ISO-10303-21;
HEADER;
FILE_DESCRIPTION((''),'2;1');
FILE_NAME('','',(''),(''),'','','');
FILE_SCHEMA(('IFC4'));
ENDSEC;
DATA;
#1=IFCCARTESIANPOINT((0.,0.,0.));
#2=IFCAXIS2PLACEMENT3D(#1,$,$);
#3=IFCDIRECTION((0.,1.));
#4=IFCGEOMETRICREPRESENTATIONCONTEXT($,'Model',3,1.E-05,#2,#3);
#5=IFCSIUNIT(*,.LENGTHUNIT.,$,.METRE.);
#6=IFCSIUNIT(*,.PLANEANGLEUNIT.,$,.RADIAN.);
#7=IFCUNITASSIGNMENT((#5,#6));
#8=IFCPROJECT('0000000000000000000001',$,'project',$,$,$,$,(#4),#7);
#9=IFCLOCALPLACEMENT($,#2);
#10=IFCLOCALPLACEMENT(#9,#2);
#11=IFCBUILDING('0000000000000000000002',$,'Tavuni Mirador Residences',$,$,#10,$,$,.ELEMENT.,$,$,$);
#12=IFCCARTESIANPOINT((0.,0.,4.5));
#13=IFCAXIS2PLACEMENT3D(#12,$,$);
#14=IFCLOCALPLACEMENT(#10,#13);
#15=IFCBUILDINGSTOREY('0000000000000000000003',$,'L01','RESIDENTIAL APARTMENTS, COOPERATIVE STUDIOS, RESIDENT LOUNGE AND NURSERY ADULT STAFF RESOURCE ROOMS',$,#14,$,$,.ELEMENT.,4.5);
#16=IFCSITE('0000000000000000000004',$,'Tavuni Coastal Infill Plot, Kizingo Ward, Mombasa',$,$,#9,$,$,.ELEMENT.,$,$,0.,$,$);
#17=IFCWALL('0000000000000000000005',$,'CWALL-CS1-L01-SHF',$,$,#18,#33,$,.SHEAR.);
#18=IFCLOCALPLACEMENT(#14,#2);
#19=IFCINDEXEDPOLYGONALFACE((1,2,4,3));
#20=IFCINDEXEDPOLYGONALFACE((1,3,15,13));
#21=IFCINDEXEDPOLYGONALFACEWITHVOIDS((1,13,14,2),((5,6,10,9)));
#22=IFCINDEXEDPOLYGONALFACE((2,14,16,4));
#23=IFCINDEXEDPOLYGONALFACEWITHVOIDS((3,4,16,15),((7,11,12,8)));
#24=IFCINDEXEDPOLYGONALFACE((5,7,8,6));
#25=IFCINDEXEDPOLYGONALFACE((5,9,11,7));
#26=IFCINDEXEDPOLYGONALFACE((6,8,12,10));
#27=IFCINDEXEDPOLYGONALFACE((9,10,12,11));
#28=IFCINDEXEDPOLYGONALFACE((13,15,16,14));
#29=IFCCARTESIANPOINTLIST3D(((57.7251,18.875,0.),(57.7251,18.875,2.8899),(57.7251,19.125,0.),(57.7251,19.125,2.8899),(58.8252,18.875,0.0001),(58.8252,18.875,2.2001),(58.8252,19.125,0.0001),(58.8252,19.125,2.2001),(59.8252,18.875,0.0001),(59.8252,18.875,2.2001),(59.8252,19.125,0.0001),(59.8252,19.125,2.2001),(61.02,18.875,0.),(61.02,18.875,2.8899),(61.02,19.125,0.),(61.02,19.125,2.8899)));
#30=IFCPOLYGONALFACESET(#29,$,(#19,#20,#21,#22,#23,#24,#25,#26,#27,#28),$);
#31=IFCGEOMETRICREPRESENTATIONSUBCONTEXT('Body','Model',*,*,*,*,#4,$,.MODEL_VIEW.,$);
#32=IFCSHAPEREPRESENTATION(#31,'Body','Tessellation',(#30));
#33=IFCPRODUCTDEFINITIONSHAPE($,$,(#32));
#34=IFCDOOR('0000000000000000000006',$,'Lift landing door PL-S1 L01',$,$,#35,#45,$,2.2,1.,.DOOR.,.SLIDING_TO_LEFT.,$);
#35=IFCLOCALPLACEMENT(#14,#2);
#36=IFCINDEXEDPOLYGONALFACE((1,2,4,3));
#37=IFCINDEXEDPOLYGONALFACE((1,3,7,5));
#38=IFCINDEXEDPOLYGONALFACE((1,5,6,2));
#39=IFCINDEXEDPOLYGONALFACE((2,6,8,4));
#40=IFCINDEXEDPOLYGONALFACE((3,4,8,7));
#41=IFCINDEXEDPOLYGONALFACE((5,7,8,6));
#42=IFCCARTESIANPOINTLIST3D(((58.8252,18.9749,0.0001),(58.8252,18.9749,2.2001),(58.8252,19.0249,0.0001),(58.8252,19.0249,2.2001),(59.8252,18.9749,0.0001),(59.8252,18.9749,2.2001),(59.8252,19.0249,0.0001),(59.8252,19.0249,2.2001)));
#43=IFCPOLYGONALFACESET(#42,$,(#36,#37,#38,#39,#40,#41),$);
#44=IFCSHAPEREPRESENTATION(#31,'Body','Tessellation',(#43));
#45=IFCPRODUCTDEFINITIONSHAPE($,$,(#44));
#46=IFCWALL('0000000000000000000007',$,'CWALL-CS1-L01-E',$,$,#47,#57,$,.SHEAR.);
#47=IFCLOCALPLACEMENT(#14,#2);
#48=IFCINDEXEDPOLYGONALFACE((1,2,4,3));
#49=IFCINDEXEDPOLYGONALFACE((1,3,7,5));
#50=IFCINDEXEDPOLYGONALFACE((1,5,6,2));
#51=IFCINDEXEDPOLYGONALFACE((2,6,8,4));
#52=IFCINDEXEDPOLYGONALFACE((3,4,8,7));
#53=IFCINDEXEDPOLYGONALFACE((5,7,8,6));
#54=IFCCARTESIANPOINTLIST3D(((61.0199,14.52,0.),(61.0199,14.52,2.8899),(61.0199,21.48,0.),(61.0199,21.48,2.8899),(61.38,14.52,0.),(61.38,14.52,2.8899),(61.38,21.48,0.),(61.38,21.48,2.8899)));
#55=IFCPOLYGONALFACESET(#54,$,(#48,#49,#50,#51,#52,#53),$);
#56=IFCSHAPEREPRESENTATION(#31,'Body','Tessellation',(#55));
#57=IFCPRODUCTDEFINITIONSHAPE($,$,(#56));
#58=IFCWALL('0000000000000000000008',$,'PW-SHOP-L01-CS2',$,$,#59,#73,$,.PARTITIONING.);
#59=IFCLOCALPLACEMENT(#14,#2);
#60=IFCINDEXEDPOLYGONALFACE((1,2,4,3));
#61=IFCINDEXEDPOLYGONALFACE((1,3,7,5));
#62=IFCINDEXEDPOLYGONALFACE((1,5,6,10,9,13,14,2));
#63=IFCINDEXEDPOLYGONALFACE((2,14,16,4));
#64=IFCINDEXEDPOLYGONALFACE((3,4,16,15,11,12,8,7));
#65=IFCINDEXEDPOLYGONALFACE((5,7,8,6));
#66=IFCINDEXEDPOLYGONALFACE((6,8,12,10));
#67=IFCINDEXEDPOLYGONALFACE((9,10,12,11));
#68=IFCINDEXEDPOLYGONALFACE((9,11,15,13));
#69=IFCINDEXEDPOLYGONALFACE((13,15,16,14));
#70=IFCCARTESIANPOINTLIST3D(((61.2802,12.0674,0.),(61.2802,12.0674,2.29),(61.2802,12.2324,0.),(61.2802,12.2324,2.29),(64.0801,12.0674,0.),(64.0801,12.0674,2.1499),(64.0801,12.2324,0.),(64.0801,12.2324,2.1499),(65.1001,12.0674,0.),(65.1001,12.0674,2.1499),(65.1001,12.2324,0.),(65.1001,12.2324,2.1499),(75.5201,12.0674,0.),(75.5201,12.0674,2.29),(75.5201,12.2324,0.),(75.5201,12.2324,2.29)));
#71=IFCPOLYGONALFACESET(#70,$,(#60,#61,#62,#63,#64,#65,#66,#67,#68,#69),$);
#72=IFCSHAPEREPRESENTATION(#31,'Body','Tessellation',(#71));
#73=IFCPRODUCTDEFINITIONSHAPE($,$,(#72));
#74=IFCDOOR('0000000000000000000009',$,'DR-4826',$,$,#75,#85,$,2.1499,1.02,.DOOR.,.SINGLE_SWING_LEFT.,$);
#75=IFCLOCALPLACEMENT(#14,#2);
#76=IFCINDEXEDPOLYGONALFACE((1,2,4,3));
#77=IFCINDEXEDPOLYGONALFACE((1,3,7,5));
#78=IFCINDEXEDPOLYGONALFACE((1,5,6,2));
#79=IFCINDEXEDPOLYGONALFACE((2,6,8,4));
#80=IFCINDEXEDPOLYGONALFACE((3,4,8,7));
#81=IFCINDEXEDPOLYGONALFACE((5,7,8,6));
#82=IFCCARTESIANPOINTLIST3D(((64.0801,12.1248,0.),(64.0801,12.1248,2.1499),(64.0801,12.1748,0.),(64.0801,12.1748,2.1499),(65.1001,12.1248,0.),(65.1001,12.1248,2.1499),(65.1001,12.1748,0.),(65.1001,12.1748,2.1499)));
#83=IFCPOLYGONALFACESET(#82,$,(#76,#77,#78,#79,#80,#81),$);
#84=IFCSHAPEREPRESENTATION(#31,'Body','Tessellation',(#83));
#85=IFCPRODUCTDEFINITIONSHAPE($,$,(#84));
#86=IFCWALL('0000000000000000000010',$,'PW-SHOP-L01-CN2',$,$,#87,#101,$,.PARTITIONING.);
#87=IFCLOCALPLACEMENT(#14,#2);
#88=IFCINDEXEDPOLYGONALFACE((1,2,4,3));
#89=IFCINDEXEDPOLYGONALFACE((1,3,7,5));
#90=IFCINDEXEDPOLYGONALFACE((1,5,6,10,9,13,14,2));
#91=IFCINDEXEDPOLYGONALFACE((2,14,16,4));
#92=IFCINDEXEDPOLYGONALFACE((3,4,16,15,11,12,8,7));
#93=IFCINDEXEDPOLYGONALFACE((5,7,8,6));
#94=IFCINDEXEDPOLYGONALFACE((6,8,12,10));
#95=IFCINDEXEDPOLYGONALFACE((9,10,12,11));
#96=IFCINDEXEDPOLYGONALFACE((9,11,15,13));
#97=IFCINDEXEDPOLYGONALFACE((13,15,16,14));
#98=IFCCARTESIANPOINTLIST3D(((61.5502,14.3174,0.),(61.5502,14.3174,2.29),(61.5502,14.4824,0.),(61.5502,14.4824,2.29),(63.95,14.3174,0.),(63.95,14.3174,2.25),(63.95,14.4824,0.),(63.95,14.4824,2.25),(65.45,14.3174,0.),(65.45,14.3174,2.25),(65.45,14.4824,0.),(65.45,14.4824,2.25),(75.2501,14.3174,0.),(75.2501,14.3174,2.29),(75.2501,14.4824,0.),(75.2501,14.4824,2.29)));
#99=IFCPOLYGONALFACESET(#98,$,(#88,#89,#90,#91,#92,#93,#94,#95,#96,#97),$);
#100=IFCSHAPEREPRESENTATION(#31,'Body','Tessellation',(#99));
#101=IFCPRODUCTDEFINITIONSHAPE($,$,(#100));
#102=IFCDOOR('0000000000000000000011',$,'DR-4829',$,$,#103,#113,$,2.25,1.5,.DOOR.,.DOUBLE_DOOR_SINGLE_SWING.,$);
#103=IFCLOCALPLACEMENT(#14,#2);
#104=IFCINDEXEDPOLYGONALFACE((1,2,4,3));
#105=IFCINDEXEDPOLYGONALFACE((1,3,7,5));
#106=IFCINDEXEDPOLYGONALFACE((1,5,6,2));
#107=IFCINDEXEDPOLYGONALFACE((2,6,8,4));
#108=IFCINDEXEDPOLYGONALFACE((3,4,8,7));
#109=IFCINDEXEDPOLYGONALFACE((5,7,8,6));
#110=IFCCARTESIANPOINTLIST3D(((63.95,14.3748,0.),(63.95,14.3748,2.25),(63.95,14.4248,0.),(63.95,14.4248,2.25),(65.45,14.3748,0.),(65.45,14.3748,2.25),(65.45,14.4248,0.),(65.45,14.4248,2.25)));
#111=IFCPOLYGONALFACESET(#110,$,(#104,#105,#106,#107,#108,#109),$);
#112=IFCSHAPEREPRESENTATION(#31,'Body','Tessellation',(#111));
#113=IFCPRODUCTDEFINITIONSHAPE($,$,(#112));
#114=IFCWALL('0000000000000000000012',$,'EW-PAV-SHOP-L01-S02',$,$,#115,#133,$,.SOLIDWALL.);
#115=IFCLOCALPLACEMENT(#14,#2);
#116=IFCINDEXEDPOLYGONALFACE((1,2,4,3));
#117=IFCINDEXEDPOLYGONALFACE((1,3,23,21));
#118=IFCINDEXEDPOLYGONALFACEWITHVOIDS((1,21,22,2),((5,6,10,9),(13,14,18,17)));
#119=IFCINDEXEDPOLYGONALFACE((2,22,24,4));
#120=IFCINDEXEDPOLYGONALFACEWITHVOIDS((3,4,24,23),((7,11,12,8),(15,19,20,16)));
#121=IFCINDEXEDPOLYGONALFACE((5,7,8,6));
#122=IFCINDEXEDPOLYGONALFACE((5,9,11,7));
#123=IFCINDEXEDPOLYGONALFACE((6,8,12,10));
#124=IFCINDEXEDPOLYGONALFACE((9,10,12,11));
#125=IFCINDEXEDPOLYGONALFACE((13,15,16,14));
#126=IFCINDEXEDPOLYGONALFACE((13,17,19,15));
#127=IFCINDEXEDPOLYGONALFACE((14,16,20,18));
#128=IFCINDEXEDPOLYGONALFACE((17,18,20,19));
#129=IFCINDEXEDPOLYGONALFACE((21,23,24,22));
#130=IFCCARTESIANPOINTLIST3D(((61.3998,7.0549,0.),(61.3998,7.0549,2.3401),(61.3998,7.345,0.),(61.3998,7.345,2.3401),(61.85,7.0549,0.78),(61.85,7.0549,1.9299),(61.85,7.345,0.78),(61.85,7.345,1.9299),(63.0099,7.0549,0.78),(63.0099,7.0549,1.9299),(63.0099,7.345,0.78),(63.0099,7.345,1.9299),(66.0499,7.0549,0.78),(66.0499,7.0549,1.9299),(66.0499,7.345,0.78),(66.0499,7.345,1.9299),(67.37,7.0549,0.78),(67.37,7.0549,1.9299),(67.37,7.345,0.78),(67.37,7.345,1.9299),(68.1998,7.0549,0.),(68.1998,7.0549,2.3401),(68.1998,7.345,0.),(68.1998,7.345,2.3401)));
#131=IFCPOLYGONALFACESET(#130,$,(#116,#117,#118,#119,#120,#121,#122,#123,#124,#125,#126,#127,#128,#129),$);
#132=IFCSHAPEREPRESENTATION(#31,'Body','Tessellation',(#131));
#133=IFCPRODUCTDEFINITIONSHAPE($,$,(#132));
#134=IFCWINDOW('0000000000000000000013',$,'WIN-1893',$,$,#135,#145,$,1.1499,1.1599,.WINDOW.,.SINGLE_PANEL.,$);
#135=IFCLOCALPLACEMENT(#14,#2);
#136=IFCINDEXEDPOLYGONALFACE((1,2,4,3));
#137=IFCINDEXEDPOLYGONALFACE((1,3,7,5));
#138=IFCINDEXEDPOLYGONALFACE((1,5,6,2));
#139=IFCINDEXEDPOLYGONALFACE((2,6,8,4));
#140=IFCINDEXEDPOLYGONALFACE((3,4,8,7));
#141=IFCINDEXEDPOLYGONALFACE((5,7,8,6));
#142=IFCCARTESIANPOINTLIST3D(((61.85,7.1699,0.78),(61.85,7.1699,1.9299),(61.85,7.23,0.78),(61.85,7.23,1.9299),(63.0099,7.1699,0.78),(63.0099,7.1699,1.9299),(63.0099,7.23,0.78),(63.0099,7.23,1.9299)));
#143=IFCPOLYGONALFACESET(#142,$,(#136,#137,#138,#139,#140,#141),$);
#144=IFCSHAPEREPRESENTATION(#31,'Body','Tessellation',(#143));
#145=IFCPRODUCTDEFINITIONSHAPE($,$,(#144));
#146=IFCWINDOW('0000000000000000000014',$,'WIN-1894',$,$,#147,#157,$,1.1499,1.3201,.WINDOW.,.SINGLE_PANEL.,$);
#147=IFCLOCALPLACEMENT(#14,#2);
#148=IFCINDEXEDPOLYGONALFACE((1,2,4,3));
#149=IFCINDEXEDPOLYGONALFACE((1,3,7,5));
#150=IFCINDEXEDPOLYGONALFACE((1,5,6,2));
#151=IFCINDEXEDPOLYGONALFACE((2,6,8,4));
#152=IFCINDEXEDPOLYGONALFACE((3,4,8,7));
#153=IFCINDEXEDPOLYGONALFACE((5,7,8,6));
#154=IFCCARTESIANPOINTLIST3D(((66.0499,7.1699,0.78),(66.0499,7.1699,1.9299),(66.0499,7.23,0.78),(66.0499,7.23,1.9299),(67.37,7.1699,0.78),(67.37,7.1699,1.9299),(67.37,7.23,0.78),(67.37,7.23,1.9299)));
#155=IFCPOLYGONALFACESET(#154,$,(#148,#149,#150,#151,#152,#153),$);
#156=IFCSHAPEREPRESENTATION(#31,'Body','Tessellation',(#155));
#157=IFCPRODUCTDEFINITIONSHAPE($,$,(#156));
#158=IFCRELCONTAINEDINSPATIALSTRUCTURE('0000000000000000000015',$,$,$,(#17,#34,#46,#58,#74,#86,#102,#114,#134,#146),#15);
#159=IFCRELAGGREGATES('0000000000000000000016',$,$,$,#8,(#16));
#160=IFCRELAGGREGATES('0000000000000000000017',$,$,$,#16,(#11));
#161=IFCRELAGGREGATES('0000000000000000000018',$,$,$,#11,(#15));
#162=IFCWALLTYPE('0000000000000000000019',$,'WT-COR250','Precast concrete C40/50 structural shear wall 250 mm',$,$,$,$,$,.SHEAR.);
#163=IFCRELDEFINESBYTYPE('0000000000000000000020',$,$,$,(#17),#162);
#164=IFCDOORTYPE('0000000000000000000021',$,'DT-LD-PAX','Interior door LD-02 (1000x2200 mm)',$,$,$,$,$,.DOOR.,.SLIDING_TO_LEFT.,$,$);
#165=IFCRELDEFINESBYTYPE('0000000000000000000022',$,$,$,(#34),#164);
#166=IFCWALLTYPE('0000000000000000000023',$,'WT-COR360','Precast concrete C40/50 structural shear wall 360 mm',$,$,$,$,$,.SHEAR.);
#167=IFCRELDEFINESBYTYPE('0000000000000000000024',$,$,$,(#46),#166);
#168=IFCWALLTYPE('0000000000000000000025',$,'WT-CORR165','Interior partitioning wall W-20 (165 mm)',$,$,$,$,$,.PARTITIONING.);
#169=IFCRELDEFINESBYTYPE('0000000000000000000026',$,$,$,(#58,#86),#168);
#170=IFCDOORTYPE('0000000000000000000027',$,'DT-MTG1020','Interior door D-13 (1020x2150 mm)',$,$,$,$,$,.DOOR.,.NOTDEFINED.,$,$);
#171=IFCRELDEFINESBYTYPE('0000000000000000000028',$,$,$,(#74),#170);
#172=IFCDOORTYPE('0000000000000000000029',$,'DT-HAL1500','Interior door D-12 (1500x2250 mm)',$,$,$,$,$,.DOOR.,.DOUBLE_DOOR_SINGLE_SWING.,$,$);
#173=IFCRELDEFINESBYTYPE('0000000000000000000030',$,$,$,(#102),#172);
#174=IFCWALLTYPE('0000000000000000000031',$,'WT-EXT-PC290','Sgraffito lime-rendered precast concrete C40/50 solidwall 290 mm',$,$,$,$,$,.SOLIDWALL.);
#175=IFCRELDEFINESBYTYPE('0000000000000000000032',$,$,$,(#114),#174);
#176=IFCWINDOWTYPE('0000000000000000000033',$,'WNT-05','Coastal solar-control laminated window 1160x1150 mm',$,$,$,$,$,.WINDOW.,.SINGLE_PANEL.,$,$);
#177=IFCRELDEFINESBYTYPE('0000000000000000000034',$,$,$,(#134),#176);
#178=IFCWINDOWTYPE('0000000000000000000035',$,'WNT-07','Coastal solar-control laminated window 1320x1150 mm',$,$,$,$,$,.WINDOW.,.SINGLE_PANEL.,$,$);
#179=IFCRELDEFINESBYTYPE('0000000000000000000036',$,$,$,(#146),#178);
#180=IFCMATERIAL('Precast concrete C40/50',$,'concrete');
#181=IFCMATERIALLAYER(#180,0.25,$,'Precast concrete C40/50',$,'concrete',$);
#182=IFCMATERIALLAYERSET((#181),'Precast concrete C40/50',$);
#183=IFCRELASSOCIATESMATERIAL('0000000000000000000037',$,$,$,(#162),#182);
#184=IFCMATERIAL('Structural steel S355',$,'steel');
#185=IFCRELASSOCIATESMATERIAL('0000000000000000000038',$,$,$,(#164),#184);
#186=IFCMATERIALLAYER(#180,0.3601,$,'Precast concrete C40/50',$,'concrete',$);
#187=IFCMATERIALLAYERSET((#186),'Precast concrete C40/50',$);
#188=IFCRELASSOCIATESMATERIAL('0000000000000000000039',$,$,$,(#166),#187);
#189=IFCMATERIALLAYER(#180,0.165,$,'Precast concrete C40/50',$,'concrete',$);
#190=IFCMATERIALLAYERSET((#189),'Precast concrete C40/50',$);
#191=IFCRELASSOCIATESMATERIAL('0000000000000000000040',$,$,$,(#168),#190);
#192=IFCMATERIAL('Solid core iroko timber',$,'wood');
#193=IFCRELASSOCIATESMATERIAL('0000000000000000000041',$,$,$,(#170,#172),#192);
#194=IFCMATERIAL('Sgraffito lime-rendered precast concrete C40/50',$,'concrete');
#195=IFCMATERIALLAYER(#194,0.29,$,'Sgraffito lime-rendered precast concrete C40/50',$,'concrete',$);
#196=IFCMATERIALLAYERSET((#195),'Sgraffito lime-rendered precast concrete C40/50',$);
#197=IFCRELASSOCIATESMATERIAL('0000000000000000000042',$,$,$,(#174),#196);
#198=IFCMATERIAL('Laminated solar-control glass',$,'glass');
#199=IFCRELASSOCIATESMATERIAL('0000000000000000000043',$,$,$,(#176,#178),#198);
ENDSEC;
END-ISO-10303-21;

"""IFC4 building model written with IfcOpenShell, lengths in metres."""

from ifc_helpers import new_model, si_unit, direction, frame, frame_2d, origin, place, context, subcontext, project, spatial, rectangle, extrude, material, layer, layer_set, type_object, element, fill, save


model = new_model("IFC4")

# Units and contexts
model_context = context("Model", 3, precision=1e-05, world=origin(), true_north=direction((0.0, 1.0)))
body_context = subcontext(model_context, "Body", "Model", "MODEL_VIEW")
ifc_project = project(units=[si_unit("LENGTHUNIT", "METRE"), si_unit("PLANEANGLEUNIT", "RADIAN")], contexts=[model_context])

# Site, building, storey
site_placement = place(None, origin())
site = spatial("IfcSite", under=ifc_project, at=site_placement, Name="Tavuni Coastal Infill Plot, Kizingo Ward, Mombasa", CompositionType="ELEMENT", RefElevation=0.0)
building_placement = place(site_placement, origin())
building = spatial("IfcBuilding", under=site, at=building_placement, Name="Tavuni Mirador Residences", CompositionType="ELEMENT")
storey_placement = place(building_placement, frame((0.0, 0.0, 4.5)))
storey = spatial("IfcBuildingStorey", under=building, at=storey_placement, Name="L01", Description="RESIDENTIAL APARTMENTS, COOPERATIVE STUDIOS, RESIDENT LOUNGE AND NURSERY ADULT STAFF RESOURCE ROOMS", CompositionType="ELEMENT", Elevation=4.5)

# Shared definitions
ifc_material_1 = material(Name="Precast concrete C40/50", Category="concrete")
ifc_material_2 = material(Name="Structural steel S355", Category="steel")

# Wall, opening, door
ifc_layer_1 = layer(ifc_material_1, 0.25, Name="Precast concrete C40/50", Category="concrete")
ifc_layer_set_1 = layer_set([ifc_layer_1], Name="Precast concrete C40/50")
wall_type_1 = type_object("IfcWallType", Name="WT-COR250", Description="Precast concrete C40/50 structural shear wall 250 mm", PredefinedType="SHEAR", material=ifc_layer_set_1)
wall_1_placement = place(storey_placement, frame((57.7251, 19.0, 0.0), z_axis=(0.0, 0.0, 1.0), x_axis=(1.0, 0.0, 0.0)))
wall_1 = element("IfcWall", 1, at=wall_1_placement, inside=storey, type_object=wall_type_1, Name="CWALL-CS1-L01-SHF", PredefinedType="SHEAR", context=body_context, shape_type="SweptSolid", body=[
    extrude(rectangle(XDim=3.2949, YDim=0.25, at=frame_2d((1.6475, 0.0))), origin(), (0.0, 0.0, 1.0), 2.8899),
])
opening_1_placement = place(wall_1_placement, frame((1.1001, 0.0, 0.0)))
opening_1 = element("IfcOpeningElement", 2, at=opening_1_placement, cuts=wall_1, PredefinedType="OPENING", context=body_context, shape_type="SweptSolid", body=[
    extrude(rectangle(XDim=1.0, YDim=2.2, at=frame_2d((0.5, 1.1001))), frame((0.0, 0.135, 0.0), z_axis=(0.0, -1.0, 0.0), x_axis=(1.0, 0.0, 0.0)), (0.0, 0.0, 1.0), 0.27),
])
door_type_1 = type_object("IfcDoorType", Name="DT-LD-PAX", Description="Interior door LD-02 (1000x2200 mm)", OperationType="SLIDING_TO_LEFT", PredefinedType="DOOR", material=ifc_material_2)
door_1_placement = place(opening_1_placement, origin())
door_1 = element("IfcDoor", 3, at=door_1_placement, inside=storey, type_object=door_type_1, Name="Lift landing door PL-S1 L01", OperationType="SLIDING_TO_LEFT", OverallHeight=2.2, OverallWidth=1.0, PredefinedType="DOOR", context=body_context, shape_type="SweptSolid", body=[
    extrude(rectangle(XDim=1.0, YDim=2.2, at=frame_2d((0.5, 1.1001))), frame((0.0, 0.0249, 0.0), z_axis=(0.0, -1.0, 0.0), x_axis=(1.0, 0.0, 0.0)), (0.0, 0.0, 1.0), 0.05),
])
fill(opening_1, door_1)

# Wall
ifc_layer_2 = layer(ifc_material_1, 0.3601, Name="Precast concrete C40/50", Category="concrete")
ifc_layer_set_2 = layer_set([ifc_layer_2], Name="Precast concrete C40/50")
wall_type_2 = type_object("IfcWallType", Name="WT-COR360", Description="Precast concrete C40/50 structural shear wall 360 mm", PredefinedType="SHEAR", material=ifc_layer_set_2)
wall_2_placement = place(storey_placement, frame((61.2, 14.52, 0.0), z_axis=(0.0, 0.0, 1.0), x_axis=(0.0, 1.0, 0.0)))
element("IfcWall", 4, at=wall_2_placement, inside=storey, type_object=wall_type_2, Name="CWALL-CS1-L01-E", PredefinedType="SHEAR", context=body_context, shape_type="SweptSolid", body=[
    extrude(rectangle(XDim=6.96, YDim=0.3601, at=frame_2d((3.48, 0.0))), origin(), (0.0, 0.0, 1.0), 2.8899),
])

# Walls, openings, doors
ifc_layer_3 = layer(ifc_material_1, 0.165, Name="Precast concrete C40/50", Category="concrete")
ifc_layer_set_3 = layer_set([ifc_layer_3], Name="Precast concrete C40/50")
wall_type_3 = type_object("IfcWallType", Name="WT-CORR165", Description="Interior partitioning wall W-20 (165 mm)", PredefinedType="PARTITIONING", material=ifc_layer_set_3)
wall_3_placement = place(storey_placement, frame((61.28, 12.1499, 0.0), z_axis=(0.0, 0.0, 1.0), x_axis=(1.0, 0.0, 0.0)))
wall_3 = element("IfcWall", 5, at=wall_3_placement, inside=storey, type_object=wall_type_3, Name="PW-SHOP-L01-CS2", PredefinedType="PARTITIONING", context=body_context, shape_type="SweptSolid", body=[
    extrude(rectangle(XDim=14.24, YDim=0.165, at=frame_2d((7.1201, 0.0))), origin(), (0.0, 0.0, 1.0), 2.29),
])
opening_2_placement = place(wall_3_placement, frame((2.8, 0.0, 0.0)))
opening_2 = element("IfcOpeningElement", 6, at=opening_2_placement, cuts=wall_3, PredefinedType="OPENING", context=body_context, shape_type="SweptSolid", body=[
    extrude(rectangle(XDim=1.02, YDim=2.1499, at=frame_2d((0.51, 1.075))), frame((0.0, 0.0925, 0.0), z_axis=(0.0, -1.0, 0.0), x_axis=(1.0, 0.0, 0.0)), (0.0, 0.0, 1.0), 0.1851),
])
ifc_material_3 = material(Name="Solid core iroko timber", Category="wood")
door_type_2 = type_object("IfcDoorType", Name="DT-MTG1020", Description="Interior door D-13 (1020x2150 mm)", OperationType="NOTDEFINED", PredefinedType="DOOR", material=ifc_material_3)
door_2_placement = place(opening_2_placement, origin())
door_2 = element("IfcDoor", 7, at=door_2_placement, inside=storey, type_object=door_type_2, Name="DR-4826", OperationType="SINGLE_SWING_LEFT", OverallHeight=2.1499, OverallWidth=1.02, PredefinedType="DOOR", context=body_context, shape_type="SweptSolid", body=[
    extrude(rectangle(XDim=1.02, YDim=2.1499, at=frame_2d((0.51, 1.075))), frame((0.0, 0.0249, 0.0), z_axis=(0.0, -1.0, 0.0), x_axis=(1.0, 0.0, 0.0)), (0.0, 0.0, 1.0), 0.05),
])
fill(opening_2, door_2)
wall_4_placement = place(storey_placement, frame((61.55, 14.3999, 0.0), z_axis=(0.0, 0.0, 1.0), x_axis=(1.0, 0.0, 0.0)))
wall_4 = element("IfcWall", 8, at=wall_4_placement, inside=storey, type_object=wall_type_3, Name="PW-SHOP-L01-CN2", PredefinedType="PARTITIONING", context=body_context, shape_type="SweptSolid", body=[
    extrude(rectangle(XDim=13.7, YDim=0.165, at=frame_2d((6.8501, 0.0))), origin(), (0.0, 0.0, 1.0), 2.29),
])
opening_3_placement = place(wall_4_placement, frame((2.3999, 0.0, 0.0)))
opening_3 = element("IfcOpeningElement", 9, at=opening_3_placement, cuts=wall_4, PredefinedType="OPENING", context=body_context, shape_type="SweptSolid", body=[
    extrude(rectangle(XDim=1.5, YDim=2.25, at=frame_2d((0.75, 1.125))), frame((0.0, 0.0925, 0.0), z_axis=(0.0, -1.0, 0.0), x_axis=(1.0, 0.0, 0.0)), (0.0, 0.0, 1.0), 0.1851),
])
door_type_3 = type_object("IfcDoorType", Name="DT-HAL1500", Description="Interior door D-12 (1500x2250 mm)", OperationType="DOUBLE_DOOR_SINGLE_SWING", PredefinedType="DOOR", material=ifc_material_3)
door_3_placement = place(opening_3_placement, origin())
door_3 = element("IfcDoor", 10, at=door_3_placement, inside=storey, type_object=door_type_3, Name="DR-4829", OperationType="DOUBLE_DOOR_SINGLE_SWING", OverallHeight=2.25, OverallWidth=1.5, PredefinedType="DOOR", context=body_context, shape_type="SweptSolid", body=[
    extrude(rectangle(XDim=1.5, YDim=2.25, at=frame_2d((0.75, 1.125))), frame((0.0, 0.0249, 0.0), z_axis=(0.0, -1.0, 0.0), x_axis=(1.0, 0.0, 0.0)), (0.0, 0.0, 1.0), 0.05),
])
fill(opening_3, door_3)

# Wall, openings, windows
ifc_material_4 = material(Name="Sgraffito lime-rendered precast concrete C40/50", Category="concrete")
ifc_layer_4 = layer(ifc_material_4, 0.29, Name="Sgraffito lime-rendered precast concrete C40/50", Category="concrete")
ifc_layer_set_4 = layer_set([ifc_layer_4], Name="Sgraffito lime-rendered precast concrete C40/50")
wall_type_4 = type_object("IfcWallType", Name="WT-EXT-PC290", Description="Sgraffito lime-rendered precast concrete C40/50 solidwall 290 mm", PredefinedType="SOLIDWALL", material=ifc_layer_set_4)
wall_5_placement = place(storey_placement, frame((61.3999, 7.2, 0.0), z_axis=(0.0, 0.0, 1.0), x_axis=(1.0, 0.0, 0.0)))
wall_5 = element("IfcWall", 11, at=wall_5_placement, inside=storey, type_object=wall_type_4, Name="EW-PAV-SHOP-L01-S02", PredefinedType="SOLIDWALL", context=body_context, shape_type="SweptSolid", body=[
    extrude(rectangle(XDim=6.8, YDim=0.29, at=frame_2d((3.3999, 0.0))), origin(), (0.0, 0.0, 1.0), 2.3401),
])
opening_4_placement = place(wall_5_placement, frame((0.45, 0.0, 0.78)))
opening_4 = element("IfcOpeningElement", 12, at=opening_4_placement, cuts=wall_5, PredefinedType="OPENING", context=body_context, shape_type="SweptSolid", body=[
    extrude(rectangle(XDim=1.1599, YDim=1.1499, at=frame_2d((0.5801, 0.575))), frame((0.0, 0.155, 0.0), z_axis=(0.0, -1.0, 0.0), x_axis=(1.0, 0.0, 0.0)), (0.0, 0.0, 1.0), 0.3101),
])
opening_5_placement = place(wall_5_placement, frame((4.6499, 0.0, 0.78)))
opening_5 = element("IfcOpeningElement", 13, at=opening_5_placement, cuts=wall_5, PredefinedType="OPENING", context=body_context, shape_type="SweptSolid", body=[
    extrude(rectangle(XDim=1.3201, YDim=1.1499, at=frame_2d((0.6602, 0.575))), frame((0.0, 0.155, 0.0), z_axis=(0.0, -1.0, 0.0), x_axis=(1.0, 0.0, 0.0)), (0.0, 0.0, 1.0), 0.3101),
])
ifc_material_5 = material(Name="Laminated solar-control glass", Category="glass")
window_type_1 = type_object("IfcWindowType", Name="WNT-05", Description="Coastal solar-control laminated window 1160x1150 mm", PartitioningType="SINGLE_PANEL", PredefinedType="WINDOW", material=ifc_material_5)
window_1_placement = place(opening_4_placement, origin())
window_1 = element("IfcWindow", 14, at=window_1_placement, inside=storey, type_object=window_type_1, Name="WIN-1893", OverallHeight=1.1499, OverallWidth=1.1599, PartitioningType="SINGLE_PANEL", PredefinedType="WINDOW", context=body_context, shape_type="SweptSolid", body=[
    extrude(rectangle(XDim=1.1599, YDim=1.1499, at=frame_2d((0.5801, 0.575))), frame((0.0, 0.03, 0.0), z_axis=(0.0, -1.0, 0.0), x_axis=(1.0, 0.0, 0.0)), (0.0, 0.0, 1.0), 0.0601),
])
fill(opening_4, window_1)
window_type_2 = type_object("IfcWindowType", Name="WNT-07", Description="Coastal solar-control laminated window 1320x1150 mm", PartitioningType="SINGLE_PANEL", PredefinedType="WINDOW", material=ifc_material_5)
window_2_placement = place(opening_5_placement, origin())
window_2 = element("IfcWindow", 15, at=window_2_placement, inside=storey, type_object=window_type_2, Name="WIN-1894", OverallHeight=1.1499, OverallWidth=1.3201, PartitioningType="SINGLE_PANEL", PredefinedType="WINDOW", context=body_context, shape_type="SweptSolid", body=[
    extrude(rectangle(XDim=1.3201, YDim=1.1499, at=frame_2d((0.6602, 0.575))), frame((0.0, 0.03, 0.0), z_axis=(0.0, -1.0, 0.0), x_axis=(1.0, 0.0, 0.0)), (0.0, 0.0, 1.0), 0.0601),
])
fill(opening_5, window_2)

save(model, "model.ifc")
